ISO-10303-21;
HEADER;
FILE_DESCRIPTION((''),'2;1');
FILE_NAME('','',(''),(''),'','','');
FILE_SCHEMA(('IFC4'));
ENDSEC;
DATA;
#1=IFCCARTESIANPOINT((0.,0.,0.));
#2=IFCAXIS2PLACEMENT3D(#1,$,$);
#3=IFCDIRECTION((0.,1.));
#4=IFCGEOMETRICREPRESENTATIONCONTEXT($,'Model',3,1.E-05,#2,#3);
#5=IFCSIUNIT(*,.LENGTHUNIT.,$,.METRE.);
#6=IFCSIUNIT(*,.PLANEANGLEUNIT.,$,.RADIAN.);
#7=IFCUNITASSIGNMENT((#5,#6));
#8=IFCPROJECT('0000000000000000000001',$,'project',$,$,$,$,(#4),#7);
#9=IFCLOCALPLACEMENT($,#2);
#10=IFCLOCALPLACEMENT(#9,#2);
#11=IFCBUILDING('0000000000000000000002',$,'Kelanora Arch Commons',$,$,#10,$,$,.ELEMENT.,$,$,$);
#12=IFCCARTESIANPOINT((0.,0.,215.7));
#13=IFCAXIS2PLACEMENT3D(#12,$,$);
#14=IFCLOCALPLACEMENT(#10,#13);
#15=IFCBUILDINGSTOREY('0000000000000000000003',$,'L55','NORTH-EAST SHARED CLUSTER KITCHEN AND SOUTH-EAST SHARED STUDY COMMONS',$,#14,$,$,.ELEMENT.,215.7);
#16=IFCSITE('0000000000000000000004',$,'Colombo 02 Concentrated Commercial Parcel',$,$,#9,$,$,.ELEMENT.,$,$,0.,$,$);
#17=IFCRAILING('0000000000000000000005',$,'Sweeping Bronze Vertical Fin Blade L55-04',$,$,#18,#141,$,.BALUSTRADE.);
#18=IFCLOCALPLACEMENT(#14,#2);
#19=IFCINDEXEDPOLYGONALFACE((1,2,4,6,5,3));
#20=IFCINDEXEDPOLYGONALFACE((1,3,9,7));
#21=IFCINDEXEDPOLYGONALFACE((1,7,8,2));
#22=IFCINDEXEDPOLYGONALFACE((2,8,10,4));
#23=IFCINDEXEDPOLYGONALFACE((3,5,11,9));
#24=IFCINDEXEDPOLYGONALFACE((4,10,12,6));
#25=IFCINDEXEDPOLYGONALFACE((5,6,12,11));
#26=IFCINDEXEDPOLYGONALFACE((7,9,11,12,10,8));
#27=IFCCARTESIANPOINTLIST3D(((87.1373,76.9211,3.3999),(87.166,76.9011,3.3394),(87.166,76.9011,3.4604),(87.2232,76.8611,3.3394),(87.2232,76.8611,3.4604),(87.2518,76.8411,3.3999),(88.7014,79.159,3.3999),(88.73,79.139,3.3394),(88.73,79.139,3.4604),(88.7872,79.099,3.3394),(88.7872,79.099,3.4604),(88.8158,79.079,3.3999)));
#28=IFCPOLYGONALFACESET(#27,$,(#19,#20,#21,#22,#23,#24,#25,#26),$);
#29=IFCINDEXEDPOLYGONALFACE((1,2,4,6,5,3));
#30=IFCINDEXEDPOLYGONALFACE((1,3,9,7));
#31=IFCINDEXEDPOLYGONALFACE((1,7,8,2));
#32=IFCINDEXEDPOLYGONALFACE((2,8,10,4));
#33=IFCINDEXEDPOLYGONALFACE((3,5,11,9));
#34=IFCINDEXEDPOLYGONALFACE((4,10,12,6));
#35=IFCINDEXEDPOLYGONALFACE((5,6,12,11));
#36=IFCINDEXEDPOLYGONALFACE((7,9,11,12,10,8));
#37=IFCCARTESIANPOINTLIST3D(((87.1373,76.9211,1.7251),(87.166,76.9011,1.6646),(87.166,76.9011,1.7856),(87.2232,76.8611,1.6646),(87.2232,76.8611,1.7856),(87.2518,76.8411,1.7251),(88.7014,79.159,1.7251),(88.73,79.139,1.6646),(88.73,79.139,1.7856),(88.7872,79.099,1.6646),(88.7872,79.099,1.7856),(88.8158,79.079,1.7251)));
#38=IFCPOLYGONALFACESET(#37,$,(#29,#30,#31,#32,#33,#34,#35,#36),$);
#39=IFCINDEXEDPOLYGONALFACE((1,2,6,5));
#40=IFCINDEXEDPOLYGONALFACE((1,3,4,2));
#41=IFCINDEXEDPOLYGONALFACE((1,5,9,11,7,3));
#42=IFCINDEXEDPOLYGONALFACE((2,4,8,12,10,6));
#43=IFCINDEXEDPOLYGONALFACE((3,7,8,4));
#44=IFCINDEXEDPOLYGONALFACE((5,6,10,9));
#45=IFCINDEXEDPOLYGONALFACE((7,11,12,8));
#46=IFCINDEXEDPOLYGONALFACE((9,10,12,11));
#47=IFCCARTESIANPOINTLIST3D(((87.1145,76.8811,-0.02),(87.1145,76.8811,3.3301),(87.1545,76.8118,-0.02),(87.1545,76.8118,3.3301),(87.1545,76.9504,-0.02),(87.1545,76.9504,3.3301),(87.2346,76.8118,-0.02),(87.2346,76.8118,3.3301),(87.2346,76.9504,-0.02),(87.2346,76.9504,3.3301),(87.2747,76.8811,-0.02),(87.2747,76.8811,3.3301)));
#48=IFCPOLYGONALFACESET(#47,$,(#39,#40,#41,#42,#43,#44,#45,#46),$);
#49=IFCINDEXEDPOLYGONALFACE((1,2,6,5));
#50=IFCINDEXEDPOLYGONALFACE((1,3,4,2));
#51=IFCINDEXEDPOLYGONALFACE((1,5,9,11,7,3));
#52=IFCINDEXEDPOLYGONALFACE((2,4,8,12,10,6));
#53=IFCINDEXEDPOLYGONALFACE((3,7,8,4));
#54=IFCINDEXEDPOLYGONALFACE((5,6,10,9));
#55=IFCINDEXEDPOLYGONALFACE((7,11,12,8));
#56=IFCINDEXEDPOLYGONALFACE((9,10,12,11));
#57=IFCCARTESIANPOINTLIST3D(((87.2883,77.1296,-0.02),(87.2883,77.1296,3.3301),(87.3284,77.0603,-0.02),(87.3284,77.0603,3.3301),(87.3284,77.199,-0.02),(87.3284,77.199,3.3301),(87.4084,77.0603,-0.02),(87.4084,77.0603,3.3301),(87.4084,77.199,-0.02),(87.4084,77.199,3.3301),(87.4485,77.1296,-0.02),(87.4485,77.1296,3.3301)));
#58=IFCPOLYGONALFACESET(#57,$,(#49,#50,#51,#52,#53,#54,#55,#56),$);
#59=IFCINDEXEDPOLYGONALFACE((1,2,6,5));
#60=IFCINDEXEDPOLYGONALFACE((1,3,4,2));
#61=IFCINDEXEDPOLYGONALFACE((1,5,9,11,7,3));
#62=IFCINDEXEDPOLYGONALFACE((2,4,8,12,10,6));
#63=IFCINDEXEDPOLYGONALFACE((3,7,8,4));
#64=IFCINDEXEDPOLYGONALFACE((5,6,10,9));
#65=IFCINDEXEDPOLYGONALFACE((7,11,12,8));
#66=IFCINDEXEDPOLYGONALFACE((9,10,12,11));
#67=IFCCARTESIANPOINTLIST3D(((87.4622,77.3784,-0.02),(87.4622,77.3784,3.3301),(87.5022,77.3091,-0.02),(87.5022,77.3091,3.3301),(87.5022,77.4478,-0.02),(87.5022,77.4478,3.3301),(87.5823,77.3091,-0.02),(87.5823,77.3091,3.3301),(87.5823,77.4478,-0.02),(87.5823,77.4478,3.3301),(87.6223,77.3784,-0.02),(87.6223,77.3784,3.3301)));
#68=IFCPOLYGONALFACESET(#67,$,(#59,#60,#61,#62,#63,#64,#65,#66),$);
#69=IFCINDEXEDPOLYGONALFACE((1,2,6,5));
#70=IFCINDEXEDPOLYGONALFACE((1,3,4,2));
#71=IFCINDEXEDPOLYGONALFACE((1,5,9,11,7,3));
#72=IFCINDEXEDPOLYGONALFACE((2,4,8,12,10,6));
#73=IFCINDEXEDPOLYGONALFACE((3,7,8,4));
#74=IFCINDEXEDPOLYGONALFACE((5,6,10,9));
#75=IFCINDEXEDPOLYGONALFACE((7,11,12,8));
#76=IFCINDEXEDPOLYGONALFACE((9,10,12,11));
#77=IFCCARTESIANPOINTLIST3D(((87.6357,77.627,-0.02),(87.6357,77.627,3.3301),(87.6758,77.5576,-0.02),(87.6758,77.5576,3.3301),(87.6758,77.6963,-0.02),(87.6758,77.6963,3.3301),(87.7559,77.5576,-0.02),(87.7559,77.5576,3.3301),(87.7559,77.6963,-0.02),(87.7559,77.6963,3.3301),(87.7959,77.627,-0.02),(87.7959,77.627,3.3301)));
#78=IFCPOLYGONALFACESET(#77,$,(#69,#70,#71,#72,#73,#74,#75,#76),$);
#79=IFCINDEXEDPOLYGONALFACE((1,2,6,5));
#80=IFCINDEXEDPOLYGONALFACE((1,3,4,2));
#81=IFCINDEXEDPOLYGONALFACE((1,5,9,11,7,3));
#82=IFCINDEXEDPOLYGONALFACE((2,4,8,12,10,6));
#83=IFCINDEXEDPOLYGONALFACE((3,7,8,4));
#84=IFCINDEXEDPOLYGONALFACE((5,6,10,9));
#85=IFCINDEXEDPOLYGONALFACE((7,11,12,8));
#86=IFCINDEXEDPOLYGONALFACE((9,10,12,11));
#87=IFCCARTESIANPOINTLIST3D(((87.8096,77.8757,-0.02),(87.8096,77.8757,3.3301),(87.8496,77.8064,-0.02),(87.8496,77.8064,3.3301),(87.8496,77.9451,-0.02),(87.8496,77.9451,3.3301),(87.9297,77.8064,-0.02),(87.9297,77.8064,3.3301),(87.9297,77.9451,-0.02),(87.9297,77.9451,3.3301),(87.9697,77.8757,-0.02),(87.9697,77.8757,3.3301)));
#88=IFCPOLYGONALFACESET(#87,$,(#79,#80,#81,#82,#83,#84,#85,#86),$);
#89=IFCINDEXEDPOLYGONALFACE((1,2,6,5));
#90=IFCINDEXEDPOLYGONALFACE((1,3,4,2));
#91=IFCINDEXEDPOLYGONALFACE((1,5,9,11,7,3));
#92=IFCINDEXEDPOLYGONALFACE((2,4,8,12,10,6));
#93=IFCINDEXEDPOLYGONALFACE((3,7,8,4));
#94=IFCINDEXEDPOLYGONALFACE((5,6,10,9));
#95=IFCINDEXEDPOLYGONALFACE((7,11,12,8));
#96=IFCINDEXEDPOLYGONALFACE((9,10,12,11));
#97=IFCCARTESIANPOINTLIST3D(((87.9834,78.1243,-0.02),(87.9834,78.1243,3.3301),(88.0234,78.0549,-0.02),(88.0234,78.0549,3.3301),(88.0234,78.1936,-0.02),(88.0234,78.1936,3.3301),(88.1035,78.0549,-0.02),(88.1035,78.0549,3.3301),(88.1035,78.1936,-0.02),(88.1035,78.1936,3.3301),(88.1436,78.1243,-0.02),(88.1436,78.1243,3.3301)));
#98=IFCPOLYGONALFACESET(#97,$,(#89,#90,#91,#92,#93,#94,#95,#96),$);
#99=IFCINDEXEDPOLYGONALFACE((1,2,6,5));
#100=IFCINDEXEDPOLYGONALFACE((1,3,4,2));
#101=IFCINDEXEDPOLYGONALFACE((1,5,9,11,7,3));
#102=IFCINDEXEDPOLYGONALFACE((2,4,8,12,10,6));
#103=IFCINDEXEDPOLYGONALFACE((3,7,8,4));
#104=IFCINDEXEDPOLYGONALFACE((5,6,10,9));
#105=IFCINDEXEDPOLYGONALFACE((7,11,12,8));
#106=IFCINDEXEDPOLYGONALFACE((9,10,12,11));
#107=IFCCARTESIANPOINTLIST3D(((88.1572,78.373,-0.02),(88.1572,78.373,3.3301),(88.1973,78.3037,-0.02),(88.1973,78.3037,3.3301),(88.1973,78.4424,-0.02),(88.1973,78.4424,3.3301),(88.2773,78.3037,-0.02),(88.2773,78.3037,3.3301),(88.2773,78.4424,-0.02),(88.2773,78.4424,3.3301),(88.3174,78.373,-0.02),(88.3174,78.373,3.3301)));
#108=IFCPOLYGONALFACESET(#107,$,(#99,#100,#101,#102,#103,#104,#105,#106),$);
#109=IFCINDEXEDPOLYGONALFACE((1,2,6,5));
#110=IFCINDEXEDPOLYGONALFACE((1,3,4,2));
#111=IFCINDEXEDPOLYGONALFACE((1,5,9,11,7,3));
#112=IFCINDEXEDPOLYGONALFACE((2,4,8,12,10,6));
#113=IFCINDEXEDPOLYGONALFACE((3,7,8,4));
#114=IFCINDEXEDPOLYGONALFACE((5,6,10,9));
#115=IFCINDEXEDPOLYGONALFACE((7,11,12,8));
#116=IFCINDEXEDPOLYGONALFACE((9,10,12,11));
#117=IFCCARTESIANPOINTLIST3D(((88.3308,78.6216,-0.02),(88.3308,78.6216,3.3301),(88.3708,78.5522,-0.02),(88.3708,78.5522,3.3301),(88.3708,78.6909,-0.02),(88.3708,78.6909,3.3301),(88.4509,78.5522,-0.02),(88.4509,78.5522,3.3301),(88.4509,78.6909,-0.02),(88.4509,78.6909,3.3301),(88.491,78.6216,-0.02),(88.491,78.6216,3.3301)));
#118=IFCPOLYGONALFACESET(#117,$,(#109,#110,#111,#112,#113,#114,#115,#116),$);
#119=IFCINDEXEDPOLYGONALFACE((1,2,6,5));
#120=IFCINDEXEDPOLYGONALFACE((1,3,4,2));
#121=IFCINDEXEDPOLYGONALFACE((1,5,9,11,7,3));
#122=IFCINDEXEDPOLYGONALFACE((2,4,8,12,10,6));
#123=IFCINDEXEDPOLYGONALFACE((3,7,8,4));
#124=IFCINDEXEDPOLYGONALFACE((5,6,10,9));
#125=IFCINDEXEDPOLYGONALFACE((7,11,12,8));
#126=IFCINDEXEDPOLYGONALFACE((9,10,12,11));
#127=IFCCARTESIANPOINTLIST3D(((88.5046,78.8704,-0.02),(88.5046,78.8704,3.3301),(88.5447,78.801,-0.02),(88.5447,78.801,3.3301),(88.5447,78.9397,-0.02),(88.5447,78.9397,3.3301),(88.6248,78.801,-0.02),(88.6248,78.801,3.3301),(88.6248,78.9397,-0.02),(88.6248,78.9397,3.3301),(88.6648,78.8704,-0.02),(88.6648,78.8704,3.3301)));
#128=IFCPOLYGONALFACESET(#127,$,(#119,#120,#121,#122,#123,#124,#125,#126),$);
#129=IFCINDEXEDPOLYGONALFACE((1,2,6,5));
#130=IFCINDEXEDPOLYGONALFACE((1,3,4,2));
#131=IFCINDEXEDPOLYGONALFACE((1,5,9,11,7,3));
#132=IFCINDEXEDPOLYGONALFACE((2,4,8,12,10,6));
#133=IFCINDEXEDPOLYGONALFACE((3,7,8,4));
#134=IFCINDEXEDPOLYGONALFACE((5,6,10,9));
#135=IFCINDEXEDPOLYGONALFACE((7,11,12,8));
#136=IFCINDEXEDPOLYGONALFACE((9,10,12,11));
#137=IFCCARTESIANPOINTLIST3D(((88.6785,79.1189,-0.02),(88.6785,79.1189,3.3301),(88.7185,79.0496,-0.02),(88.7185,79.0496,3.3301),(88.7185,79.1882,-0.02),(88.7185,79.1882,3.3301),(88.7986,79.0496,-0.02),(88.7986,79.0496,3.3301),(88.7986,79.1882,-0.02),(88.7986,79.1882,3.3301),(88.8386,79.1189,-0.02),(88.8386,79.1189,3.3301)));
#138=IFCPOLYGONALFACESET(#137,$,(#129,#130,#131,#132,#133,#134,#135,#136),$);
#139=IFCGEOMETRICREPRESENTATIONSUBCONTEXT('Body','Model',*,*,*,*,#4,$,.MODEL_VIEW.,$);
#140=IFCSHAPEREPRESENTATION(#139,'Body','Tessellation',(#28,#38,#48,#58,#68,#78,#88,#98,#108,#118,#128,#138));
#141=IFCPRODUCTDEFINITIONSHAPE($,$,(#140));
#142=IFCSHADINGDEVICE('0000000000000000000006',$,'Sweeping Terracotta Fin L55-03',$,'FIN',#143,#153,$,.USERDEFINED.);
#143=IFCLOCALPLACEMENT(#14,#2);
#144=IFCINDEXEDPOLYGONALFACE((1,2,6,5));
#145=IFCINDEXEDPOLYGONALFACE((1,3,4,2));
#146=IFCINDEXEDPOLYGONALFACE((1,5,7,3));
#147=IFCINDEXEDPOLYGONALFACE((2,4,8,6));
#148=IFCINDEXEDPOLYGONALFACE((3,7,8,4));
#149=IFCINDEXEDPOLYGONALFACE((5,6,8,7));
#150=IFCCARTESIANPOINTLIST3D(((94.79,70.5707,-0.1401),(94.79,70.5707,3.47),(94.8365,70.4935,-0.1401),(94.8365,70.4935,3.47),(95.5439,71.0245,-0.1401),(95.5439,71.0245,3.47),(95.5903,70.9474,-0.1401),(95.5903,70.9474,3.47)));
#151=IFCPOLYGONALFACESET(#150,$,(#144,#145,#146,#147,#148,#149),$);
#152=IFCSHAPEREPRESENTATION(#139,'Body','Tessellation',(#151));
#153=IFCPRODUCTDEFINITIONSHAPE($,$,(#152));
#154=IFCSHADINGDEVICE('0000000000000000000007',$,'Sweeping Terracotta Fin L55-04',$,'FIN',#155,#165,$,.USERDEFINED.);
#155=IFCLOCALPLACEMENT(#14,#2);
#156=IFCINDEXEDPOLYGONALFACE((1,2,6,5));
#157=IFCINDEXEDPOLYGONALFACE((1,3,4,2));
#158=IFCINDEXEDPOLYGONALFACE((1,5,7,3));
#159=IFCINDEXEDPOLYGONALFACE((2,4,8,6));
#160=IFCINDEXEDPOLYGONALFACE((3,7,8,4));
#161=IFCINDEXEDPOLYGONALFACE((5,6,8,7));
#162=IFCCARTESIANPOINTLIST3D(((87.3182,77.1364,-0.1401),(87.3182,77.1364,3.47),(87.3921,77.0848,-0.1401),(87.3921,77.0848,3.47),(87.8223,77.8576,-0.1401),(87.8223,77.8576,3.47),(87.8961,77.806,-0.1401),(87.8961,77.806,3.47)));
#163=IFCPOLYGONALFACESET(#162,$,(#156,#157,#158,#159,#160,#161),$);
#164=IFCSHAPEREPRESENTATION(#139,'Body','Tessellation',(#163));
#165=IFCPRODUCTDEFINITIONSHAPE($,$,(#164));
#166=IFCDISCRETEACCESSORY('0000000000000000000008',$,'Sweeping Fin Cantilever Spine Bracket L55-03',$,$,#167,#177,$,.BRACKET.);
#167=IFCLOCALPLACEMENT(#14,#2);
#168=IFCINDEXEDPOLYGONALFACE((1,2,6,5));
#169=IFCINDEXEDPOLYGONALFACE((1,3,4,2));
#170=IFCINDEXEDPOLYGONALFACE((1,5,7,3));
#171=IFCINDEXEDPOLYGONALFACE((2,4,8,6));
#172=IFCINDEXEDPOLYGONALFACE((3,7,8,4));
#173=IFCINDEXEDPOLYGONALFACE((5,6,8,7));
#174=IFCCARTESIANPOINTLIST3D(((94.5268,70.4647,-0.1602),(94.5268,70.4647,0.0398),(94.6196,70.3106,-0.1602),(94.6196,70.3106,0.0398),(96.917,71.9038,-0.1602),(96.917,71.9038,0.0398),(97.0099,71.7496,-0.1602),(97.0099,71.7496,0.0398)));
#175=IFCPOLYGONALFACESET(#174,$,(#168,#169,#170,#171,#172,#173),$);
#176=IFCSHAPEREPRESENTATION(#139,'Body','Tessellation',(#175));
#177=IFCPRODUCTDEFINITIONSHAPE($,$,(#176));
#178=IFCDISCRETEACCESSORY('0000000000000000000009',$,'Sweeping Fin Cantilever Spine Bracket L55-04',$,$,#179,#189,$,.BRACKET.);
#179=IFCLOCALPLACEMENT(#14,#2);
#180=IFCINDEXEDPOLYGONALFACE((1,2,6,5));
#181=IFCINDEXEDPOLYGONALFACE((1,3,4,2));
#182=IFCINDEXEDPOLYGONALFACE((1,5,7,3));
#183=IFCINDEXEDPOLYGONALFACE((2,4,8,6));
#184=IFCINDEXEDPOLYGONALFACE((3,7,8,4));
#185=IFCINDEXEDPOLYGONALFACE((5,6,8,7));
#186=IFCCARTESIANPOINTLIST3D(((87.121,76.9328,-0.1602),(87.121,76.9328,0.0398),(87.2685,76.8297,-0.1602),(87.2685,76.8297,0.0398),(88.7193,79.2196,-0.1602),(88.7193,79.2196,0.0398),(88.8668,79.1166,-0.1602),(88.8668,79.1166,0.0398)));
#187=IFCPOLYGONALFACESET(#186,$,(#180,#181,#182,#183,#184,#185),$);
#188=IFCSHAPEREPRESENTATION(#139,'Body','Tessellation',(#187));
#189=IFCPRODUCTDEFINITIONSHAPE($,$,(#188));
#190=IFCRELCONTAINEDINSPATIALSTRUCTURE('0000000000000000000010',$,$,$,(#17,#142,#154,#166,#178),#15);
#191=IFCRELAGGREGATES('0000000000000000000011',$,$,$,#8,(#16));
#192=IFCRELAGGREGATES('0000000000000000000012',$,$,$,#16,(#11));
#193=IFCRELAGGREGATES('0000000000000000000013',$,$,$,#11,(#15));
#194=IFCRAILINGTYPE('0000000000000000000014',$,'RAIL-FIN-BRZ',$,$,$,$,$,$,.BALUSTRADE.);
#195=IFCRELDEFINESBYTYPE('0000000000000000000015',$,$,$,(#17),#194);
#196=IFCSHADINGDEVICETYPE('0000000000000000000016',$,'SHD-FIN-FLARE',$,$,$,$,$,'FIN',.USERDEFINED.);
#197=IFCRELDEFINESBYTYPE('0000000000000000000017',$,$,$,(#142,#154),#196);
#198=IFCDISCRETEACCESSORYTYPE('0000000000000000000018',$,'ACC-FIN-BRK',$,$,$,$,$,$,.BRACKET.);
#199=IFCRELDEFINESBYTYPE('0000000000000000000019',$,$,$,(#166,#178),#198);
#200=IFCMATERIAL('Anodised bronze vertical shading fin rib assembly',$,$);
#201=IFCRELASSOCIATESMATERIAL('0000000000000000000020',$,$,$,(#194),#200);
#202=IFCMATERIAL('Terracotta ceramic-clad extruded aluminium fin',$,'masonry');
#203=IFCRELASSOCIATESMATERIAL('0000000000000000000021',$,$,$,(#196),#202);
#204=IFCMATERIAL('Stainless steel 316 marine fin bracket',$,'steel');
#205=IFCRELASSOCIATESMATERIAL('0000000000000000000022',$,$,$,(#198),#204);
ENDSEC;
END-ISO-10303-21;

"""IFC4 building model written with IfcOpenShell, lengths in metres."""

from ifc_helpers import new_model, si_unit, direction, frame, origin, origin_2d, place, context, subcontext, project, spatial, polyline, rectangle, outline, extrude, source, transform, mapped, material, type_object, element, save


model = new_model("IFC4")

# Units and contexts
model_context = context("Model", 3, precision=1e-05, world=origin(), true_north=direction((0.0, 1.0)))
body_context = subcontext(model_context, "Body", "Model", "MODEL_VIEW")
ifc_project = project(units=[si_unit("LENGTHUNIT", "METRE"), si_unit("PLANEANGLEUNIT", "RADIAN")], contexts=[model_context])

# Site, building, storey
site_placement = place(None, origin())
site = spatial("IfcSite", under=ifc_project, at=site_placement, Name="Colombo 02 Concentrated Commercial Parcel", CompositionType="ELEMENT", RefElevation=0.0)
building_placement = place(site_placement, origin())
building = spatial("IfcBuilding", under=site, at=building_placement, Name="Kelanora Arch Commons", CompositionType="ELEMENT")
storey_placement = place(building_placement, frame((0.0, 0.0, 215.7)))
storey = spatial("IfcBuildingStorey", under=building, at=storey_placement, Name="L55", Description="NORTH-EAST SHARED CLUSTER KITCHEN AND SOUTH-EAST SHARED STUDY COMMONS", CompositionType="ELEMENT", Elevation=215.7)

# Railing
ifc_material_1 = material(Name="Anodised bronze vertical shading fin rib assembly")
railing_type = type_object("IfcRailingType", Name="RAIL-FIN-BRZ", PredefinedType="BALUSTRADE", material=ifc_material_1)
railing_1_placement = place(storey_placement, frame((87.1946, 76.8811, -0.02)))
element("IfcRailing", 1, at=railing_1_placement, inside=storey, type_object=railing_type, Name="Sweeping Bronze Vertical Fin Blade L55-04", PredefinedType="BALUSTRADE", context=body_context, shape_type="SweptSolid", body=[
    extrude(outline(polyline([(0.0698, 0.0), (0.0349, 0.0605), (-0.0349, 0.0605), (-0.0698, 0.0), (-0.0349, -0.0605), (0.0349, -0.0605), (0.0698, 0.0)])), frame((0.0, 0.0, 3.4199), z_axis=(0.57285, 0.81966, 0.0), x_axis=(-0.81966, 0.57285, 0.0)), (0.0, 0.0, 1.0), 2.7302),
    extrude(outline(polyline([(0.0698, 0.0), (0.0349, 0.0605), (-0.0349, 0.0605), (-0.0698, 0.0), (-0.0349, -0.0605), (0.0349, -0.0605), (0.0698, 0.0)])), frame((0.0, 0.0, 1.7451), z_axis=(0.57285, 0.81966, 0.0), x_axis=(-0.81966, 0.57285, 0.0)), (0.0, 0.0, 1.0), 2.7302),
    extrude(outline(polyline([(0.0801, 0.0), (0.04, 0.0693), (-0.04, 0.0693), (-0.0801, 0.0), (-0.04, -0.0693), (0.04, -0.0693), (0.0801, 0.0)])), origin(), (0.0, 0.0, 1.0), 3.3501),
    extrude(outline(polyline([(0.0801, 0.0), (0.04, 0.0693), (-0.04, 0.0693), (-0.0801, 0.0), (-0.04, -0.0693), (0.04, -0.0693), (0.0801, 0.0)])), frame((0.1738, 0.2485, 0.0)), (0.0, 0.0, 1.0), 3.3501),
    extrude(outline(polyline([(0.0801, 0.0), (0.04, 0.0693), (-0.04, 0.0693), (-0.0801, 0.0), (-0.04, -0.0693), (0.04, -0.0693), (0.0801, 0.0)])), frame((0.3477, 0.4973, 0.0)), (0.0, 0.0, 1.0), 3.3501),
    extrude(outline(polyline([(0.0801, 0.0), (0.04, 0.0693), (-0.04, 0.0693), (-0.0801, 0.0), (-0.04, -0.0693), (0.04, -0.0693), (0.0801, 0.0)])), frame((0.5212, 0.7458, 0.0)), (0.0, 0.0, 1.0), 3.3501),
    extrude(outline(polyline([(0.0801, 0.0), (0.04, 0.0693), (-0.04, 0.0693), (-0.0801, 0.0), (-0.04, -0.0693), (0.04, -0.0693), (0.0801, 0.0)])), frame((0.6951, 0.9946, 0.0)), (0.0, 0.0, 1.0), 3.3501),
    extrude(outline(polyline([(0.0801, 0.0), (0.04, 0.0693), (-0.04, 0.0693), (-0.0801, 0.0), (-0.04, -0.0693), (0.04, -0.0693), (0.0801, 0.0)])), frame((0.8689, 1.2432, 0.0)), (0.0, 0.0, 1.0), 3.3501),
    extrude(outline(polyline([(0.0801, 0.0), (0.04, 0.0693), (-0.04, 0.0693), (-0.0801, 0.0), (-0.04, -0.0693), (0.04, -0.0693), (0.0801, 0.0)])), frame((1.0427, 1.4919, 0.0)), (0.0, 0.0, 1.0), 3.3501),
    extrude(outline(polyline([(0.0801, 0.0), (0.04, 0.0693), (-0.04, 0.0693), (-0.0801, 0.0), (-0.04, -0.0693), (0.04, -0.0693), (0.0801, 0.0)])), frame((1.2163, 1.7405, 0.0)), (0.0, 0.0, 1.0), 3.3501),
    extrude(outline(polyline([(0.0801, 0.0), (0.04, 0.0693), (-0.04, 0.0693), (-0.0801, 0.0), (-0.04, -0.0693), (0.04, -0.0693), (0.0801, 0.0)])), frame((1.3901, 1.9893, 0.0)), (0.0, 0.0, 1.0), 3.3501),
    extrude(outline(polyline([(0.0801, 0.0), (0.04, 0.0693), (-0.04, 0.0693), (-0.0801, 0.0), (-0.04, -0.0693), (0.04, -0.0693), (0.0801, 0.0)])), frame((1.564, 2.2378, 0.0)), (0.0, 0.0, 1.0), 3.3501),
])

# Shading devices
ifc_material_2 = material(Name="Terracotta ceramic-clad extruded aluminium fin", Category="masonry")
shading_device_type = type_object("IfcShadingDeviceType", Name="SHD-FIN-FLARE", ElementType="FIN", PredefinedType="USERDEFINED", material=ifc_material_2)
shared_shape_1 = source(origin(), body_context, "Body", "SweptSolid", [
    extrude(rectangle(XDim=0.8799, YDim=0.0901, at=origin_2d()), origin(), (0.0, 0.0, 1.0), 3.6101),
])
for number, where, z_axis, x_axis, name in (
    (2, (95.1902, 70.759, -0.1401), (0.0, 0.0, 1.0), (0.856718, 0.515786, 0.0), "Sweeping Terracotta Fin L55-03"),
    (3, (87.6072, 77.4712, -0.1401), (0.0, 0.0, 1.0), (0.572861, 0.819652, 0.0), "Sweeping Terracotta Fin L55-04"),
):
    element("IfcShadingDevice", number, at=place(storey_placement, frame(where, z_axis=z_axis, x_axis=x_axis)), inside=storey, type_object=shading_device_type, Name=name, ObjectType="FIN", PredefinedType="USERDEFINED", context=body_context, shape_type="MappedRepresentation", body=[
        mapped(shared_shape_1, transform((0.0, 0.0, 0.0), scale=1.0)),
    ])

# Discrete accessories
ifc_material_3 = material(Name="Stainless steel 316 marine fin bracket", Category="steel")
discrete_accessory_type = type_object("IfcDiscreteAccessoryType", Name="ACC-FIN-BRK", PredefinedType="BRACKET", material=ifc_material_3)
shared_shape_2 = source(origin(), body_context, "Body", "SweptSolid", [
    extrude(rectangle(XDim=2.79, YDim=0.1799, at=origin_2d()), origin(), (0.0, 0.0, 1.0), 0.2),
])
for number, where, z_axis, x_axis, name in (
    (4, (95.7683, 71.1072, -0.1602), (0.0, 0.0, 1.0), (0.856718, 0.515786, 0.0), "Sweeping Fin Cantilever Spine Bracket L55-03"),
    (5, (87.9939, 78.0247, -0.1602), (0.0, 0.0, 1.0), (0.572861, 0.819652, 0.0), "Sweeping Fin Cantilever Spine Bracket L55-04"),
):
    element("IfcDiscreteAccessory", number, at=place(storey_placement, frame(where, z_axis=z_axis, x_axis=x_axis)), inside=storey, type_object=discrete_accessory_type, Name=name, PredefinedType="BRACKET", context=body_context, shape_type="MappedRepresentation", body=[
        mapped(shared_shape_2, transform((0.0, 0.0, 0.0), scale=1.0)),
    ])

save(model, "model.ifc")
